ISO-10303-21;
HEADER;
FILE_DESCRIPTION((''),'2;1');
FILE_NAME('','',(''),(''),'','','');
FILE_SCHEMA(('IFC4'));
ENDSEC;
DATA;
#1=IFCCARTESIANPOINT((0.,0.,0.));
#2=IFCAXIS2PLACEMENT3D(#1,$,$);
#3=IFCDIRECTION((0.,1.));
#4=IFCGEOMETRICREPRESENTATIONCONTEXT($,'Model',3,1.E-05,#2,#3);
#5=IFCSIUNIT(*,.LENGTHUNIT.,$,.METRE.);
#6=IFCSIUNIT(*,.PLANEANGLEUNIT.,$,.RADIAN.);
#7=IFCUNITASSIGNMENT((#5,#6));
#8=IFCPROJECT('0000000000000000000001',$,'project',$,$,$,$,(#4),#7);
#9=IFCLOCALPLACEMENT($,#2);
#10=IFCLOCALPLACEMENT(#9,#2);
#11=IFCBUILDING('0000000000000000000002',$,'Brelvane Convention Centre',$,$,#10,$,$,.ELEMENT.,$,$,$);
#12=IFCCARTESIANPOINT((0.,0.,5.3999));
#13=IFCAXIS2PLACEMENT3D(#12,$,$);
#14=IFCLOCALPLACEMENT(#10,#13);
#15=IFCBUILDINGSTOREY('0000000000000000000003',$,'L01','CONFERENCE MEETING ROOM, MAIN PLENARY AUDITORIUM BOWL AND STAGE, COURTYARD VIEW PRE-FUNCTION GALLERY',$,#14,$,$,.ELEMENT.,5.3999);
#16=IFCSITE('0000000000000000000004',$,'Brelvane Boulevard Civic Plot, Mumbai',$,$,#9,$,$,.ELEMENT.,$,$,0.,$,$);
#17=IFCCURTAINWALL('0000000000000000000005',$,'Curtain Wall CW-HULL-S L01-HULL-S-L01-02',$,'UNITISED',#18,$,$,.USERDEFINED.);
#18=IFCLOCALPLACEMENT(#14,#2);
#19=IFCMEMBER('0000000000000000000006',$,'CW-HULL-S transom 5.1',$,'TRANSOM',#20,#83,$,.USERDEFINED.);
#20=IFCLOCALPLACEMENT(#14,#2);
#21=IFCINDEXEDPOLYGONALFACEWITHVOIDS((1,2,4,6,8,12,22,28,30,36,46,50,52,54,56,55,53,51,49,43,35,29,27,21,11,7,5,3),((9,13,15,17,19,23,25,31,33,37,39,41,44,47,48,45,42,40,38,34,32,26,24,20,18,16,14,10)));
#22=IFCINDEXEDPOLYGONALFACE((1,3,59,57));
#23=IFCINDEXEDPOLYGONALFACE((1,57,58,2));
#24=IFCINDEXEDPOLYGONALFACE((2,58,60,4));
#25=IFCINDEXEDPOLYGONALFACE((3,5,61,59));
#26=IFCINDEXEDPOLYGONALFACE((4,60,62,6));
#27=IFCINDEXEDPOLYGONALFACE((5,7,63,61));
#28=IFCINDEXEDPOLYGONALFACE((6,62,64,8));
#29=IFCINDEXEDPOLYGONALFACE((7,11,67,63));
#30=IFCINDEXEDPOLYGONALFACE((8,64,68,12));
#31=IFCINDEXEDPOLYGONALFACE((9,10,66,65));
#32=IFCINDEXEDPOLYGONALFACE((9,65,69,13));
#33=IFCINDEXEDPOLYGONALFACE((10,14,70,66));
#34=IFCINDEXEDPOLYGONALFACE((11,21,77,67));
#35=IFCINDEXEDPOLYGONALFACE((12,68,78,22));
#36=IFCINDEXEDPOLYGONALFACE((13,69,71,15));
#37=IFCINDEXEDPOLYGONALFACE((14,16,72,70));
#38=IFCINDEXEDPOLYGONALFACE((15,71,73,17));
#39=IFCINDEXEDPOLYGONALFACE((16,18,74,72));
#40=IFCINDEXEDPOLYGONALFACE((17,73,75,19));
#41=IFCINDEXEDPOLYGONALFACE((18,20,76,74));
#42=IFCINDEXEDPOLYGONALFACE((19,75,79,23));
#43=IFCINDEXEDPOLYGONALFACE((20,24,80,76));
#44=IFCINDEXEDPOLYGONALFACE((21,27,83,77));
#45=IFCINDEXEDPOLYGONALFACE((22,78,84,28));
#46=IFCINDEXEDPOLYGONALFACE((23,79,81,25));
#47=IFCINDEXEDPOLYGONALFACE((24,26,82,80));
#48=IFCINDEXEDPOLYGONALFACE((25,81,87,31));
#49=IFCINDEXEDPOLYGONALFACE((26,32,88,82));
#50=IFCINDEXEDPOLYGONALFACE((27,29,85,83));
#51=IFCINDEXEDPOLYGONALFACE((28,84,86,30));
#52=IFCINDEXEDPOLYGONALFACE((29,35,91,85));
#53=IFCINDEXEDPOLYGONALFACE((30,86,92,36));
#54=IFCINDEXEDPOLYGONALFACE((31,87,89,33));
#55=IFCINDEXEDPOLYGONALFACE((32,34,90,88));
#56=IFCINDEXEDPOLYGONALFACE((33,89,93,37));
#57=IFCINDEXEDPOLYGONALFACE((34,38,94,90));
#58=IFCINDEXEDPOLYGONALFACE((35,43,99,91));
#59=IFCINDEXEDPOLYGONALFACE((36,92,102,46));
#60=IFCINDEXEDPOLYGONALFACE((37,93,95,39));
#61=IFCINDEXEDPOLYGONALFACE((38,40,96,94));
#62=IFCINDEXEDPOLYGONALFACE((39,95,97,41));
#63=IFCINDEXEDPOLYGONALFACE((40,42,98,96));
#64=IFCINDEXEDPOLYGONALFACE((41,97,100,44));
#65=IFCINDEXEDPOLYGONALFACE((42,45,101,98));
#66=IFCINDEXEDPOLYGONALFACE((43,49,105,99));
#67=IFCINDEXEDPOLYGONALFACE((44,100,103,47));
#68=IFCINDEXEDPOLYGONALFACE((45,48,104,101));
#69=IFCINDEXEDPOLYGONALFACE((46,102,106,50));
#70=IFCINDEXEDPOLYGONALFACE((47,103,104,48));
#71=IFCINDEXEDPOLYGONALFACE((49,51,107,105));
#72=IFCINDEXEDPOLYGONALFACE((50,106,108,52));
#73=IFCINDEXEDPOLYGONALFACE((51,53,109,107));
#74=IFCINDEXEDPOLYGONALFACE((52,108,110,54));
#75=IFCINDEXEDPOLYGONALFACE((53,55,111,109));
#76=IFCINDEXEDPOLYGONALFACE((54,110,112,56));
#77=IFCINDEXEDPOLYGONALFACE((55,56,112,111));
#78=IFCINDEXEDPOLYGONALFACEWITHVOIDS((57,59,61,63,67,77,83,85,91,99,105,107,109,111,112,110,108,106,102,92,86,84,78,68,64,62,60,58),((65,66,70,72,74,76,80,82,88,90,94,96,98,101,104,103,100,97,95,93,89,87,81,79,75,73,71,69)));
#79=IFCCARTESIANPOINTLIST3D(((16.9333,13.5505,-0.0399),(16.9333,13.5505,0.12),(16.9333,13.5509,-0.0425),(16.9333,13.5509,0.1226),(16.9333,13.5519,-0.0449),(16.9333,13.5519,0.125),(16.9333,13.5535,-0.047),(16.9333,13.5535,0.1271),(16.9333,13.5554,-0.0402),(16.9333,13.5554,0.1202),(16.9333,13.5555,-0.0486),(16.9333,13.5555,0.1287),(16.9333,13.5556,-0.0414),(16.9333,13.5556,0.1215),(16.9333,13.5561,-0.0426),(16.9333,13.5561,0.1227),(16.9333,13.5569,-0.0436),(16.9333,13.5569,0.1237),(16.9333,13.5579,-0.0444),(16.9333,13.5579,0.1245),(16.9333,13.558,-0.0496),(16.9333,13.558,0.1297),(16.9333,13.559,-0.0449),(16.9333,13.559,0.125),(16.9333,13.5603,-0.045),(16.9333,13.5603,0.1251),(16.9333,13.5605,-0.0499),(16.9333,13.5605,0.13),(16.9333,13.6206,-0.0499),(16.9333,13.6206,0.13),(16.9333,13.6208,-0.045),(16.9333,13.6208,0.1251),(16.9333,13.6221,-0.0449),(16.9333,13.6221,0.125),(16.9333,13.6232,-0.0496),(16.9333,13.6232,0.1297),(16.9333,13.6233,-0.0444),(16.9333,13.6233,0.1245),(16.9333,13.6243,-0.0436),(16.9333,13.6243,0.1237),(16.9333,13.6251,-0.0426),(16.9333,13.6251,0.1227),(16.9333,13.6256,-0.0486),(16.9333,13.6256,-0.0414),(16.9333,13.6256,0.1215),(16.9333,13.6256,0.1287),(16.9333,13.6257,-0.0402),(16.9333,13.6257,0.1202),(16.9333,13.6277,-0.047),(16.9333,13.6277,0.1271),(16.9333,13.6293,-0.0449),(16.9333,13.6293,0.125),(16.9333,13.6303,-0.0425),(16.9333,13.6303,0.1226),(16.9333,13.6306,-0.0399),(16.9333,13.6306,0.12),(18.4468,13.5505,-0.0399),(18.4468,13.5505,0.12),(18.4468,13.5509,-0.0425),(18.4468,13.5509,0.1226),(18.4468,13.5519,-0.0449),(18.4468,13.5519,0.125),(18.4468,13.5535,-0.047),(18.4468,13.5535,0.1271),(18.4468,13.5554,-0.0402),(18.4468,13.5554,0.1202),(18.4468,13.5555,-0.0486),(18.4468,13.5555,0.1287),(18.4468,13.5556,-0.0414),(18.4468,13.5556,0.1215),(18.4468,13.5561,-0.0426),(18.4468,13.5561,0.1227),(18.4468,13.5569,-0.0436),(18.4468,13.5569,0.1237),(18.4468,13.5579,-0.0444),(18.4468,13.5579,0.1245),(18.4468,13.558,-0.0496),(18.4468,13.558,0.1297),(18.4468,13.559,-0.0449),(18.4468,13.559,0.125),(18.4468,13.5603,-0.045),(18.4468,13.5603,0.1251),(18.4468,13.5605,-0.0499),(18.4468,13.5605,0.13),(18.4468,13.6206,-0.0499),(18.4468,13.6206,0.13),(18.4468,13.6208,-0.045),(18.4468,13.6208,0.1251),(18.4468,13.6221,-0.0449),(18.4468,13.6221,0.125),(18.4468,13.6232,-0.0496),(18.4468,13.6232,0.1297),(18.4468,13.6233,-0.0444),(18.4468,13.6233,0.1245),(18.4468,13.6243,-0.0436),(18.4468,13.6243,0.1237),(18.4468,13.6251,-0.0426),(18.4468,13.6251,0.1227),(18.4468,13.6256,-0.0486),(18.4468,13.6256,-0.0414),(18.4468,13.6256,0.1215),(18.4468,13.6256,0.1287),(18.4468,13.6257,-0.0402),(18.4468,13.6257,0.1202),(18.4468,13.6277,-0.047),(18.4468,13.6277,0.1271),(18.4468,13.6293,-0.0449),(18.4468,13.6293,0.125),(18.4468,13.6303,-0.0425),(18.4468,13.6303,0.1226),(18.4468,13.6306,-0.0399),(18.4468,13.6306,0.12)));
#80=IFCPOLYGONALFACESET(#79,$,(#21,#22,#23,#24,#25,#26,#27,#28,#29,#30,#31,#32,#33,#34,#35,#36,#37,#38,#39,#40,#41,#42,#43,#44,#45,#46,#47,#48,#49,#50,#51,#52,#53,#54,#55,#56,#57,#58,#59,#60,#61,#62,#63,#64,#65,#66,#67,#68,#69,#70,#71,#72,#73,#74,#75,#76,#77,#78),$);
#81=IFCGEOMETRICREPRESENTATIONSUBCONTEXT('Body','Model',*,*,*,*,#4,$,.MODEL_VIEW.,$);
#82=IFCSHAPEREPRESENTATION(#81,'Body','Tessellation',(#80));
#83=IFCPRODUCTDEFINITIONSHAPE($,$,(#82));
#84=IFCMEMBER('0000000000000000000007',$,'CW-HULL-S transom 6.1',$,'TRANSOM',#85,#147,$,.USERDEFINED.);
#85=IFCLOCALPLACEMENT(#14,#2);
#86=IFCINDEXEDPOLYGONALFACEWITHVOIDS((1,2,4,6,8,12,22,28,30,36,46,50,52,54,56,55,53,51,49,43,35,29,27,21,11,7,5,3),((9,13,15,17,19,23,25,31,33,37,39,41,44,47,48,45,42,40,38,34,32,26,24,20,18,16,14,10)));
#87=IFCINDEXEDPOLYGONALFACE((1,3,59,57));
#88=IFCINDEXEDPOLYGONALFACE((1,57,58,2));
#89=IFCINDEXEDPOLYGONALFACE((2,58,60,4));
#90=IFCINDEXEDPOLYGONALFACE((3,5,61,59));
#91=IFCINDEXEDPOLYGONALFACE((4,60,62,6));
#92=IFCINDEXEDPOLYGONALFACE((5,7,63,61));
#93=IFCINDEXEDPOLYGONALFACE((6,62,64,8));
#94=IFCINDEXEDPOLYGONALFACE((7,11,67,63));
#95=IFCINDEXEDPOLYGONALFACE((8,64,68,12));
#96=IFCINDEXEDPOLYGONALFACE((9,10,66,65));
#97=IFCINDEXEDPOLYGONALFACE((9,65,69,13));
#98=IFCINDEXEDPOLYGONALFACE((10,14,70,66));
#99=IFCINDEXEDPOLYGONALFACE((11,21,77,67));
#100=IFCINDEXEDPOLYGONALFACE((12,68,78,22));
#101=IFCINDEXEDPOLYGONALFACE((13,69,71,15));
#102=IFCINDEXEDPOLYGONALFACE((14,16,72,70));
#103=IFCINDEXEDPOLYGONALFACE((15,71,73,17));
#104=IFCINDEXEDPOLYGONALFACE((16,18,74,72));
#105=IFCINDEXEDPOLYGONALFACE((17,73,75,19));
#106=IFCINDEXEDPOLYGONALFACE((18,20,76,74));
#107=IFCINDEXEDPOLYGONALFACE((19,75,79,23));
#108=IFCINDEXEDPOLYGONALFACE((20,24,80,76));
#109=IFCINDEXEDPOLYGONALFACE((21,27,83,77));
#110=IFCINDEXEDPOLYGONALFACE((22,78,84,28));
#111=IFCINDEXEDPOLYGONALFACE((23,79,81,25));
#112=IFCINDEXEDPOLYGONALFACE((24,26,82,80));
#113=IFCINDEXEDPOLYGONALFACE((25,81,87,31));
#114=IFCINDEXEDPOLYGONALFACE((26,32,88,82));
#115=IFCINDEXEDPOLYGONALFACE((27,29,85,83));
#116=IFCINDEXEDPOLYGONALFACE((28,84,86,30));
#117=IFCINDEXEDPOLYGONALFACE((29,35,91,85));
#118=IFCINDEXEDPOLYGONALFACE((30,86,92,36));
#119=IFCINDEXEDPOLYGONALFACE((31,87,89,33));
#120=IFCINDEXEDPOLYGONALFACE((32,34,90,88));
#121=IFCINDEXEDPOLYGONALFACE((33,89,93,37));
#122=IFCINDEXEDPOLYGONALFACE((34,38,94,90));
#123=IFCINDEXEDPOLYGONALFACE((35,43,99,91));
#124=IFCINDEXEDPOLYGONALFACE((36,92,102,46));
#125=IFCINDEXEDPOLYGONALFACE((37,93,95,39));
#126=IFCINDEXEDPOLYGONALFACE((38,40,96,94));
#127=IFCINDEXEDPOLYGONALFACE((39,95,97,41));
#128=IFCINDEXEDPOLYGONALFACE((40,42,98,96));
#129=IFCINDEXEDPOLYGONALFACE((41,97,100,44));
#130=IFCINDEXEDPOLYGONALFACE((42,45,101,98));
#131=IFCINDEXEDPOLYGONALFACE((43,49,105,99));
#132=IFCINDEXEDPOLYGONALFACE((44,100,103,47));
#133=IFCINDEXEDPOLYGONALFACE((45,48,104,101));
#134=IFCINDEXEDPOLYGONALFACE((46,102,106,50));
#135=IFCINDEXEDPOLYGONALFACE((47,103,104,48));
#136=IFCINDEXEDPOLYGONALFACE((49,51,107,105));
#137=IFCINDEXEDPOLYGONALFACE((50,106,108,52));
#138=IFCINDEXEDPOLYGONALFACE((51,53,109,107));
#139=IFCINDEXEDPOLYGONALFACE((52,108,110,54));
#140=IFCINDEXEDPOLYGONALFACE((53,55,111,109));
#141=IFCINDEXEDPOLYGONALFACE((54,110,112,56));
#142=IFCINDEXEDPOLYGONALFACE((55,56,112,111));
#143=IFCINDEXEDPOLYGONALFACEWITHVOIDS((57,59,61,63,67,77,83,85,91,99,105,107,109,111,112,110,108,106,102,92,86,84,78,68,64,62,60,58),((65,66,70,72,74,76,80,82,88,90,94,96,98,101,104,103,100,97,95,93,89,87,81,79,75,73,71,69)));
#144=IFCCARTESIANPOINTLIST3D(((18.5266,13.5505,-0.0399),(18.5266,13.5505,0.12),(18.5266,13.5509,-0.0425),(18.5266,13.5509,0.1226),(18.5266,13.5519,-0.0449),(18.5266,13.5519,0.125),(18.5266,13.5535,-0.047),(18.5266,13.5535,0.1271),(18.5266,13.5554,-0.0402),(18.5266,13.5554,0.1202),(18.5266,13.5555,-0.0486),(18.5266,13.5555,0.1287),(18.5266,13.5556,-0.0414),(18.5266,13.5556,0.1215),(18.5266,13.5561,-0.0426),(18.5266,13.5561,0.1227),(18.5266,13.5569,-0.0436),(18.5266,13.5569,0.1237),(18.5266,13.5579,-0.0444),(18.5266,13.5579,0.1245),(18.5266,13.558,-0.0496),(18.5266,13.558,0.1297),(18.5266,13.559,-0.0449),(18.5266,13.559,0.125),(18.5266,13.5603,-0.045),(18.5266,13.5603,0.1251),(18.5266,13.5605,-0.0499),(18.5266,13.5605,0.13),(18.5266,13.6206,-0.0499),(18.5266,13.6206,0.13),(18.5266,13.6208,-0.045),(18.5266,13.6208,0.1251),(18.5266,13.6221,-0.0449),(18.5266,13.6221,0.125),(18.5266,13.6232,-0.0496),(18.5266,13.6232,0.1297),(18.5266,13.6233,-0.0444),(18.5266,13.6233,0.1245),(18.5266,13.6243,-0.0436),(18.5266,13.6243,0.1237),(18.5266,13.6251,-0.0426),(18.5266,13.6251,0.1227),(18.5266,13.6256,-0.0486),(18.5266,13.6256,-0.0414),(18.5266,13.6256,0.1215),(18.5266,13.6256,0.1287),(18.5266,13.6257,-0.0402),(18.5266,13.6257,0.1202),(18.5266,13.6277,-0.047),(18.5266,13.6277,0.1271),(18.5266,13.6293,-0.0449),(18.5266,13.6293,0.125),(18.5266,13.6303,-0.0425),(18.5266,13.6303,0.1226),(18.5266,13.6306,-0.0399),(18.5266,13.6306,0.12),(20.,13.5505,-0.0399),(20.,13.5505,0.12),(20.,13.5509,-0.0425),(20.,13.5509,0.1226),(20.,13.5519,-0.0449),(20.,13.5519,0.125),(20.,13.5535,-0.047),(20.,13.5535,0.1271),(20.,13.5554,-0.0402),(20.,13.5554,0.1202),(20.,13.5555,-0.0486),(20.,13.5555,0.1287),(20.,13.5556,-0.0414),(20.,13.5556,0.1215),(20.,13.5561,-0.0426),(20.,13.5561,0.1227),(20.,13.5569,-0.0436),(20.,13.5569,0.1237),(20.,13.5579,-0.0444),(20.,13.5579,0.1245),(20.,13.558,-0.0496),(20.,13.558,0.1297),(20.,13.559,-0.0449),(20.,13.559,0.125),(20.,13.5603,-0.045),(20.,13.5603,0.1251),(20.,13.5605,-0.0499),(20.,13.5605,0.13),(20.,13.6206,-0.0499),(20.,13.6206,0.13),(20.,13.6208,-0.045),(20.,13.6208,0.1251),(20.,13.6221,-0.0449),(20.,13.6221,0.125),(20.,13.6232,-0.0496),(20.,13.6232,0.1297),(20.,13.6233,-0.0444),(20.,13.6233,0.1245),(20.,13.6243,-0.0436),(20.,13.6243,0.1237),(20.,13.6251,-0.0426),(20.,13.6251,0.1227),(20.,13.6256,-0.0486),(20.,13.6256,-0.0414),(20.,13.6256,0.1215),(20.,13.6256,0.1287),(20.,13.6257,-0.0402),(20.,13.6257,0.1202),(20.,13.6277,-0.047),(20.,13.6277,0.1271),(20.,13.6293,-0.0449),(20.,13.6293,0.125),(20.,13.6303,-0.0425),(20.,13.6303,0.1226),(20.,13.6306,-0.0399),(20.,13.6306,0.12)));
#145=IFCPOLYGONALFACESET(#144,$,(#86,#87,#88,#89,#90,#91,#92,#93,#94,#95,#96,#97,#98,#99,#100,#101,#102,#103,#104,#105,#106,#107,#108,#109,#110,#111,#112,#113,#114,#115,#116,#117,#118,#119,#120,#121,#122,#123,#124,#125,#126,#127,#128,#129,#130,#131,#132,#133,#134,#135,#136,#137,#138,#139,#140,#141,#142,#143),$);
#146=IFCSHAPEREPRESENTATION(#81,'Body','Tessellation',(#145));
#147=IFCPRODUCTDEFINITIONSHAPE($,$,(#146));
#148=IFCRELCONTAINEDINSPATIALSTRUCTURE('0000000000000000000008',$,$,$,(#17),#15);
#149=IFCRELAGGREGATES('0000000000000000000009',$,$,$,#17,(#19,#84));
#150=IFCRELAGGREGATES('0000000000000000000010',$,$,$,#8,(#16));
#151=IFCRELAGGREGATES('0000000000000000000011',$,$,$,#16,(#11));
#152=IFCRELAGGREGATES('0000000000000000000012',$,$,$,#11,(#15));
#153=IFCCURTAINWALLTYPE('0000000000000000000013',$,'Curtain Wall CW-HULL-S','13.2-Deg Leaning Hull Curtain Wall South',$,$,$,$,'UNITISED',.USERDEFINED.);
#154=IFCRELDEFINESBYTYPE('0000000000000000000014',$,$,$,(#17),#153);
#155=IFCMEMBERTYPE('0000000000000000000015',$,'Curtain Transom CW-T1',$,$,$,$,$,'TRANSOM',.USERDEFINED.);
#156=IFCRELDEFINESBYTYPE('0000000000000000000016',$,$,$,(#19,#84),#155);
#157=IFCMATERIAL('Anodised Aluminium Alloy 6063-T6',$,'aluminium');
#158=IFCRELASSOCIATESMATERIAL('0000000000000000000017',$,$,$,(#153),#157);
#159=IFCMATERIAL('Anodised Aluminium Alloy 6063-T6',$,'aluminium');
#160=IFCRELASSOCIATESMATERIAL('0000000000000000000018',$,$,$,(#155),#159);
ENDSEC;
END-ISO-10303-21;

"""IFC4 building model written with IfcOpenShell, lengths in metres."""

from ifc_helpers import new_model, si_unit, direction, frame, origin, origin_2d, place, context, subcontext, project, spatial, hollow_rectangle, extrude, material, material_profile, profile_set, type_object, element, aggregate, save


model = new_model("IFC4")

# Units and contexts
model_context = context("Model", 3, precision=1e-05, world=origin(), true_north=direction((0.0, 1.0)))
body_context = subcontext(model_context, "Body", "Model", "MODEL_VIEW")
ifc_project = project(units=[si_unit("LENGTHUNIT", "METRE"), si_unit("PLANEANGLEUNIT", "RADIAN")], contexts=[model_context])

# Site, building, storey
site_placement = place(None, origin())
site = spatial("IfcSite", under=ifc_project, at=site_placement, Name="Brelvane Boulevard Civic Plot, Mumbai", CompositionType="ELEMENT", RefElevation=0.0)
building_placement = place(site_placement, origin())
building = spatial("IfcBuilding", under=site, at=building_placement, Name="Brelvane Convention Centre", CompositionType="ELEMENT")
storey_placement = place(building_placement, frame((0.0, 0.0, 5.3999)))
storey = spatial("IfcBuildingStorey", under=building, at=storey_placement, Name="L01", Description="CONFERENCE MEETING ROOM, MAIN PLENARY AUDITORIUM BOWL AND STAGE, COURTYARD VIEW PRE-FUNCTION GALLERY", CompositionType="ELEMENT", Elevation=5.3999)

# Curtain wall
ifc_material_1 = material(Name="Anodised Aluminium Alloy 6063-T6", Category="aluminium")
curtain_wall_type = type_object("IfcCurtainWallType", Name="Curtain Wall CW-HULL-S", Description="13.2-Deg Leaning Hull Curtain Wall South", ElementType="UNITISED", PredefinedType="USERDEFINED", material=ifc_material_1)
curtain_wall_1_placement = place(storey_placement, origin())
curtain_wall_1 = element("IfcCurtainWall", 1, at=curtain_wall_1_placement, inside=storey, type_object=curtain_wall_type, Name="Curtain Wall CW-HULL-S L01-HULL-S-L01-02", ObjectType="UNITISED", PredefinedType="USERDEFINED")

# Members
ifc_material_2 = material(Name="Anodised Aluminium Alloy 6063-T6", Category="aluminium")
ifc_material_profile_1 = material_profile(ifc_material_2, hollow_rectangle(XDim=0.0801, YDim=0.1799, WallThickness=0.0049, InnerFilletRadius=0.0049, OuterFilletRadius=0.01, at=origin_2d()), Name="ALU-T 180x80x5.0")
ifc_profile_set_1 = profile_set([ifc_material_profile_1], Name="Anodised Aluminium Alloy 6063-T6")
member_type_1 = type_object("IfcMemberType", Name="Curtain Transom CW-T1", ElementType="TRANSOM", PredefinedType="USERDEFINED", material=ifc_profile_set_1)
member_1_placement = place(storey_placement, frame((16.9333, 13.5906, 0.04), z_axis=(1.0, 0.0, 0.0), x_axis=(0.0, 1.0, 0.0)))
member_1 = element("IfcMember", 2, at=member_1_placement, type_object=member_type_1, Name="CW-HULL-S transom 5.1", ObjectType="TRANSOM", PredefinedType="USERDEFINED", context=body_context, shape_type="SweptSolid", body=[
    extrude(hollow_rectangle(XDim=0.0801, YDim=0.1799, WallThickness=0.0049, InnerFilletRadius=0.0049, OuterFilletRadius=0.01, at=origin_2d()), origin(), (0.0, 0.0, 1.0), 1.5134),
])
member_2_placement = place(storey_placement, frame((18.5266, 13.5906, 0.04), z_axis=(1.0, 0.0, 0.0), x_axis=(0.0, 1.0, 0.0)))
member_2 = element("IfcMember", 3, at=member_2_placement, type_object=member_type_1, Name="CW-HULL-S transom 6.1", ObjectType="TRANSOM", PredefinedType="USERDEFINED", context=body_context, shape_type="SweptSolid", body=[
    extrude(hollow_rectangle(XDim=0.0801, YDim=0.1799, WallThickness=0.0049, InnerFilletRadius=0.0049, OuterFilletRadius=0.01, at=origin_2d()), origin(), (0.0, 0.0, 1.0), 1.4734),
])

aggregate(curtain_wall_1, [member_1, member_2])

save(model, "model.ifc")
